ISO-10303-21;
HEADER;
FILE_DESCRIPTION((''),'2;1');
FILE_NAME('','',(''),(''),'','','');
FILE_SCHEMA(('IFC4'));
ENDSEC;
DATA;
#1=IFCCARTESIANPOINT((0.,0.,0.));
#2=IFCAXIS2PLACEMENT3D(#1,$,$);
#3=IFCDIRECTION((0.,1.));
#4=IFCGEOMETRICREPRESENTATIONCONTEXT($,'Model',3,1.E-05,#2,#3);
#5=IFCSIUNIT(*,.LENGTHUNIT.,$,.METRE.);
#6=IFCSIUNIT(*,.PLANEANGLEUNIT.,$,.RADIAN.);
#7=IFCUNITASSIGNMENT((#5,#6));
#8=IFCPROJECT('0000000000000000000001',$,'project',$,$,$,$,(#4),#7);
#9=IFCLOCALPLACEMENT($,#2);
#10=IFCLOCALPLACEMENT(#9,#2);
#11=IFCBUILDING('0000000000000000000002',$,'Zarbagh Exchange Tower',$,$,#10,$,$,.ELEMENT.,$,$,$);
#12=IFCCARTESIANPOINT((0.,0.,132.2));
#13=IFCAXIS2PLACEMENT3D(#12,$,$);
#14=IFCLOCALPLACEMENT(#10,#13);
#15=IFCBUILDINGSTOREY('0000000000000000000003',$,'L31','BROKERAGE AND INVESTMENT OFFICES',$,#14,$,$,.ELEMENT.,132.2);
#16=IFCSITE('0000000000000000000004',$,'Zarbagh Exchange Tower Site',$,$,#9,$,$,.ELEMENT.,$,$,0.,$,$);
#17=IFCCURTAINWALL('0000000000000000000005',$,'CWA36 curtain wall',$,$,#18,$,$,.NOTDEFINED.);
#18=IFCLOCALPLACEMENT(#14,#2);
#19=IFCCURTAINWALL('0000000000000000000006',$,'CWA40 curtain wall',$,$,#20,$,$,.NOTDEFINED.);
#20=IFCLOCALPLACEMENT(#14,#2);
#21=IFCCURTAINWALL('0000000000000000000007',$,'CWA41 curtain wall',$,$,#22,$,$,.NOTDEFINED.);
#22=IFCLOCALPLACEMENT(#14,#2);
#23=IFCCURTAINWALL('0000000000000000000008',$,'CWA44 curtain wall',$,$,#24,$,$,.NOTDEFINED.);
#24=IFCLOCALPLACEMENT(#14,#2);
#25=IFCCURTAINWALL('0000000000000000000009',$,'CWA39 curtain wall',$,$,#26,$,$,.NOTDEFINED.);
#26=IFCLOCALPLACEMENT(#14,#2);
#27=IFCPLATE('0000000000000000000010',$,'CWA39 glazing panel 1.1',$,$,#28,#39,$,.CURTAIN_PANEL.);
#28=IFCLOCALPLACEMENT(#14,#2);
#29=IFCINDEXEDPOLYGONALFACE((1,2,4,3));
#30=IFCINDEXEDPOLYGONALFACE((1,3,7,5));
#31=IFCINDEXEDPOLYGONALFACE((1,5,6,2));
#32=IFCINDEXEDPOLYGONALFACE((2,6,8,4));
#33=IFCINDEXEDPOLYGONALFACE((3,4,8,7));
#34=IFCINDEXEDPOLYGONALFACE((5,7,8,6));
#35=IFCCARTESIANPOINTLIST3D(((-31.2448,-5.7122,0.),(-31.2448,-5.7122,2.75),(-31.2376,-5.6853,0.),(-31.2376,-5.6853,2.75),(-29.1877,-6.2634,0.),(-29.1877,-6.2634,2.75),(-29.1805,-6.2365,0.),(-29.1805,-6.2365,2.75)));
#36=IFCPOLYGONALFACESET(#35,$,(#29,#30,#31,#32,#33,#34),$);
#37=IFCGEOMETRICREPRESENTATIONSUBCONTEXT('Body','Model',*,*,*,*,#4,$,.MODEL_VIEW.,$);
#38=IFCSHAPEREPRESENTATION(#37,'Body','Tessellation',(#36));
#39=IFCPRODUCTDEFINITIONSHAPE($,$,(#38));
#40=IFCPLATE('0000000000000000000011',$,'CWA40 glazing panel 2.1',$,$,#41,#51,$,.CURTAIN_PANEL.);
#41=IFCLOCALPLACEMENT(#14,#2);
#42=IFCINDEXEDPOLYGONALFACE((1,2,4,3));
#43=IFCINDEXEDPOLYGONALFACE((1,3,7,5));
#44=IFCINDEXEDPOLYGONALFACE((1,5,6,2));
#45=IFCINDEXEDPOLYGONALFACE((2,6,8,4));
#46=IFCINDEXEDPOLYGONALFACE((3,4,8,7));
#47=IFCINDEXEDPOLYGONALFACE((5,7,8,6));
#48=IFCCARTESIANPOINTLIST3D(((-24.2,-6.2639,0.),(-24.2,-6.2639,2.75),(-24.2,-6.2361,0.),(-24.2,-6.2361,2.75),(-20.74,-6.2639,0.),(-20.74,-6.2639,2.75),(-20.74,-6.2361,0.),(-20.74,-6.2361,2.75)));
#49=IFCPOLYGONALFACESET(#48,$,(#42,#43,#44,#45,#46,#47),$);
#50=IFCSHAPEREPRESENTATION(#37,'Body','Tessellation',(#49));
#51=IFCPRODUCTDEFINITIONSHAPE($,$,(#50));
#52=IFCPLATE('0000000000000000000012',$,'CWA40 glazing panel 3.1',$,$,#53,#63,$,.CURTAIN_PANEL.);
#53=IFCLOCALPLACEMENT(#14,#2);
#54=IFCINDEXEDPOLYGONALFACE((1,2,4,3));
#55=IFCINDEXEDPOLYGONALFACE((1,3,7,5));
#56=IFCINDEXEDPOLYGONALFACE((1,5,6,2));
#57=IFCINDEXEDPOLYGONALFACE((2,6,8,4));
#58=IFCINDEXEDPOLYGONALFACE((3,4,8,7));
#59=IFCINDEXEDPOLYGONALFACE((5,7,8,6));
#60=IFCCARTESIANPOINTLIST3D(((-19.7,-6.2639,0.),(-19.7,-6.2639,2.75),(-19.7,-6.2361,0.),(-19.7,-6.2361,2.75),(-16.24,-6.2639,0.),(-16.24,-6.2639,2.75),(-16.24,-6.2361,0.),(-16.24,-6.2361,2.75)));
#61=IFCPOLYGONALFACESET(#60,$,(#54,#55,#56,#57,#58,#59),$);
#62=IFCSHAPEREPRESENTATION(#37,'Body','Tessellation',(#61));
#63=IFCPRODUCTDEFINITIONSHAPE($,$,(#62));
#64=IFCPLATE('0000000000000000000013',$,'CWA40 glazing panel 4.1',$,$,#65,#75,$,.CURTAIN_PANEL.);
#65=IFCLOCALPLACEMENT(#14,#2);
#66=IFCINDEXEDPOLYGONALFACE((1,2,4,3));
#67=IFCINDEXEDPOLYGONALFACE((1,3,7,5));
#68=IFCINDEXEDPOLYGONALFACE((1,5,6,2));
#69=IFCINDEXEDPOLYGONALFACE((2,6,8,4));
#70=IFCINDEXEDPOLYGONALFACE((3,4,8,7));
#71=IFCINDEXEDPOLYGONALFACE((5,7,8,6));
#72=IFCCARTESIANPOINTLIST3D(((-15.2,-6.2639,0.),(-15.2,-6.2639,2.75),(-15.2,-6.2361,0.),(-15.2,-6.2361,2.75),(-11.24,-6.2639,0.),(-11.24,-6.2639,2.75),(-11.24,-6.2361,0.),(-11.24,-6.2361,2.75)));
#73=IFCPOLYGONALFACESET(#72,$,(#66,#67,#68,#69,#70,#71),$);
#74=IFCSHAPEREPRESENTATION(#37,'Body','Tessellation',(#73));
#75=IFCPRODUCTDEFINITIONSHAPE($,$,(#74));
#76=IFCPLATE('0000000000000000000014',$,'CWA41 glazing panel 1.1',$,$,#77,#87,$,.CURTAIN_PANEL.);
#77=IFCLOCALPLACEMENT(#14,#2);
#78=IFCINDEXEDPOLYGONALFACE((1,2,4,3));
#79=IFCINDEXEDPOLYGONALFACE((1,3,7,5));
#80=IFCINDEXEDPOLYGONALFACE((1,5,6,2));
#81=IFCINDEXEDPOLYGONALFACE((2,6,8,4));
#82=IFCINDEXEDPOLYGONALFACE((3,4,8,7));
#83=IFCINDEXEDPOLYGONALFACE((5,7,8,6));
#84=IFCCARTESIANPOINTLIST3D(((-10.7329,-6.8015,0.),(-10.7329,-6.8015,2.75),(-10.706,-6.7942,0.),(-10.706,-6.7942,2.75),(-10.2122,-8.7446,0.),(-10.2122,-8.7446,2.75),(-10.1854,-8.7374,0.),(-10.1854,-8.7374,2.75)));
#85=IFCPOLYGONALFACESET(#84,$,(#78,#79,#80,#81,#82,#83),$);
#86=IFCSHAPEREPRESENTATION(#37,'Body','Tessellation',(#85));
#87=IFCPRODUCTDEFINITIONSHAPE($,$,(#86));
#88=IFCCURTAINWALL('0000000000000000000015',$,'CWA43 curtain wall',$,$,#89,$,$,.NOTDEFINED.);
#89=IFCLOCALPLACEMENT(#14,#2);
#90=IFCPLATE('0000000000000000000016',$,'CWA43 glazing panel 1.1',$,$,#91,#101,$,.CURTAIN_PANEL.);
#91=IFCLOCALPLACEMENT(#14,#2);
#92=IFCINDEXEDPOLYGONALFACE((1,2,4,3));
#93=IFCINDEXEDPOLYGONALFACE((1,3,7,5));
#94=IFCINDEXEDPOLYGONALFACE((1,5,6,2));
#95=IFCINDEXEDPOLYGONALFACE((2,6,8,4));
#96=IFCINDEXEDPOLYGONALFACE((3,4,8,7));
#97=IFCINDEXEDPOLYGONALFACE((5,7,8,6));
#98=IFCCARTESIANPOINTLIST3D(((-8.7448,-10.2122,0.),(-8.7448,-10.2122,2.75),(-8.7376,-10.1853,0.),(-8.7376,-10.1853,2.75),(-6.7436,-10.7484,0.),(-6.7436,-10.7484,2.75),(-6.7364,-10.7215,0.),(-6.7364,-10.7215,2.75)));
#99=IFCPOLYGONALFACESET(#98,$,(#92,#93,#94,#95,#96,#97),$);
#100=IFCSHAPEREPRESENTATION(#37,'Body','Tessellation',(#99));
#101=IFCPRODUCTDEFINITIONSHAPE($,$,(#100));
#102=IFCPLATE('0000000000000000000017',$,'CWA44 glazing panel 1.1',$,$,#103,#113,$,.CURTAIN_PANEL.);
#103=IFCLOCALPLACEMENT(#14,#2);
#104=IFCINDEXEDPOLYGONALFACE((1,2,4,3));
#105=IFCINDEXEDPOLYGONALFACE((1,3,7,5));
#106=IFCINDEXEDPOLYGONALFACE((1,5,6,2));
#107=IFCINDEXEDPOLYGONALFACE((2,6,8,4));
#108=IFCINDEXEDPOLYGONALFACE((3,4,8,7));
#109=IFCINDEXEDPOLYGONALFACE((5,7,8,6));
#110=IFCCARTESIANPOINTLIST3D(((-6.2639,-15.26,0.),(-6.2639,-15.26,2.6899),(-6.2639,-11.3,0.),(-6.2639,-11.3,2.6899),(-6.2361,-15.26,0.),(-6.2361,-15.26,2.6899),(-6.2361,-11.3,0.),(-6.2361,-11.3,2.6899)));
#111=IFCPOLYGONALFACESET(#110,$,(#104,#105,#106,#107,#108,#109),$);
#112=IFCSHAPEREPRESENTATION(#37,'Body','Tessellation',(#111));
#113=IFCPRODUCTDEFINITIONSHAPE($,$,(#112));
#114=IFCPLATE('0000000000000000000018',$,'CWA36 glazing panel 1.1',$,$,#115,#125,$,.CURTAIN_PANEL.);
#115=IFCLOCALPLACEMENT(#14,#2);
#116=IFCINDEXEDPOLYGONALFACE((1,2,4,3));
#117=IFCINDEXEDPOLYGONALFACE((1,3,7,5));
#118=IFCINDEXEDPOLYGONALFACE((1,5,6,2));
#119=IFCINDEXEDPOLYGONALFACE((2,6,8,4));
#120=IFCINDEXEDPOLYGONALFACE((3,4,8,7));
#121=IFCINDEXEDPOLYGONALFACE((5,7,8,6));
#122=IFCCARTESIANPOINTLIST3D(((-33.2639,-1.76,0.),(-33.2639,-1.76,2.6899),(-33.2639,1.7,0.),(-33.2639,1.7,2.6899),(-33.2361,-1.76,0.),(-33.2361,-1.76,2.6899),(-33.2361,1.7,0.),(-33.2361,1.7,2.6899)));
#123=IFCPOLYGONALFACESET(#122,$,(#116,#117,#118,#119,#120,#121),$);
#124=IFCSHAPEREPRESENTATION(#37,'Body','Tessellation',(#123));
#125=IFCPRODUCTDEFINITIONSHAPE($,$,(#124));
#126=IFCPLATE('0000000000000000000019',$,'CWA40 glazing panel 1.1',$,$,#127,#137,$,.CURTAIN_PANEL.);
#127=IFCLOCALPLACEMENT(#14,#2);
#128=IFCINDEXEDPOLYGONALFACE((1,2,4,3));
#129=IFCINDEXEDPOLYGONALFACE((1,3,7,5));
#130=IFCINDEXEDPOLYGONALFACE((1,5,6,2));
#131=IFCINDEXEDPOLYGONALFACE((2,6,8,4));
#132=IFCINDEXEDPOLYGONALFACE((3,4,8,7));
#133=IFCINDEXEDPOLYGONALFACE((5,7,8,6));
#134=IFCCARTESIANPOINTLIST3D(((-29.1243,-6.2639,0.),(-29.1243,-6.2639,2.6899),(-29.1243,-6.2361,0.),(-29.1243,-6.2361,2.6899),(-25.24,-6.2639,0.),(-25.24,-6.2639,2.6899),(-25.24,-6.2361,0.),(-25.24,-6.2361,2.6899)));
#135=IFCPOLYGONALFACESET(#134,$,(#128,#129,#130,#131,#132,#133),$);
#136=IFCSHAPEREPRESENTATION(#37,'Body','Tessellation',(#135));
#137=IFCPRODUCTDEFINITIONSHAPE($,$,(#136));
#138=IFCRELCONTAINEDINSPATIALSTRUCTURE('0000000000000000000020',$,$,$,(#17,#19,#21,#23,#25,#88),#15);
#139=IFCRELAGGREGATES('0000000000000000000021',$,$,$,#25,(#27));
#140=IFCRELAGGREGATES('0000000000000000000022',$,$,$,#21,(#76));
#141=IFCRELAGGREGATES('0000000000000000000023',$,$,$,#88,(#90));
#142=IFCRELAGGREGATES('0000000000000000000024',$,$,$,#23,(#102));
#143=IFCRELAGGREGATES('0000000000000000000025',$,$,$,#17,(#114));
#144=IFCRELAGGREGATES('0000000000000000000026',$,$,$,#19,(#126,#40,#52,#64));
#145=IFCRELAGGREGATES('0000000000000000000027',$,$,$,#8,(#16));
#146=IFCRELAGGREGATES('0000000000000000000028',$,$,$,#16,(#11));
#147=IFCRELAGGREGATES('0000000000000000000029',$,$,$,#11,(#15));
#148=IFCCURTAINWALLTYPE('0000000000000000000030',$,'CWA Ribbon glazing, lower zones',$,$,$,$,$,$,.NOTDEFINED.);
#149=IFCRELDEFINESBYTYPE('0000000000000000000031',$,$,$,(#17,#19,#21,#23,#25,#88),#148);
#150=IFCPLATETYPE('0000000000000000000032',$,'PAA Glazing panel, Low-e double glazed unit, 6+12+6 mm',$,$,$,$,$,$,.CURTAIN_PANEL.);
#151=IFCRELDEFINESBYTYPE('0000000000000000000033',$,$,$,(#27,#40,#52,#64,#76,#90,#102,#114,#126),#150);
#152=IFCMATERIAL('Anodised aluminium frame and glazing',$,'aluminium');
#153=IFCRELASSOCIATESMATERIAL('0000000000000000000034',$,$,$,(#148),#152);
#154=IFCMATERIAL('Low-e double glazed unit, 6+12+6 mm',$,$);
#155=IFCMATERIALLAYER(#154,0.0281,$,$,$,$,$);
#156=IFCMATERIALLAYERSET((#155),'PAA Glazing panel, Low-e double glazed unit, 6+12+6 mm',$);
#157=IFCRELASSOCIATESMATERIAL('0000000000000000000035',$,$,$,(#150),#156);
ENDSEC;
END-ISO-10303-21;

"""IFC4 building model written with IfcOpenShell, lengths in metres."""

from ifc_helpers import new_model, si_unit, direction, frame, origin, place, context, subcontext, project, spatial, polyline, outline, extrude, source, transform, mapped, material, layer, layer_set, type_object, element, aggregate, save


model = new_model("IFC4")

# Units and contexts
model_context = context("Model", 3, precision=1e-05, world=origin(), true_north=direction((0.0, 1.0)))
body_context = subcontext(model_context, "Body", "Model", "MODEL_VIEW")
ifc_project = project(units=[si_unit("LENGTHUNIT", "METRE"), si_unit("PLANEANGLEUNIT", "RADIAN")], contexts=[model_context])

# Site, building, storey
site_placement = place(None, origin())
site = spatial("IfcSite", under=ifc_project, at=site_placement, Name="Zarbagh Exchange Tower Site", CompositionType="ELEMENT", RefElevation=0.0)
building_placement = place(site_placement, origin())
building = spatial("IfcBuilding", under=site, at=building_placement, Name="Zarbagh Exchange Tower", CompositionType="ELEMENT")
storey_placement = place(building_placement, frame((0.0, 0.0, 132.2)))
storey = spatial("IfcBuildingStorey", under=building, at=storey_placement, Name="L31", Description="BROKERAGE AND INVESTMENT OFFICES", CompositionType="ELEMENT", Elevation=132.2)

# Curtain wall
ifc_material_1 = material(Name="Anodised aluminium frame and glazing", Category="aluminium")
curtain_wall_type = type_object("IfcCurtainWallType", Name="CWA Ribbon glazing, lower zones", PredefinedType="NOTDEFINED", material=ifc_material_1)
curtain_wall_1_placement = place(storey_placement, origin())
curtain_wall_1 = element("IfcCurtainWall", 1, at=curtain_wall_1_placement, inside=storey, type_object=curtain_wall_type, Name="CWA36 curtain wall", PredefinedType="NOTDEFINED")
placement = place(storey_placement, origin())

# Curtain wall
curtain_wall_2_placement = place(storey_placement, origin())
curtain_wall_2 = element("IfcCurtainWall", 2, at=curtain_wall_2_placement, inside=storey, type_object=curtain_wall_type, Name="CWA40 curtain wall", PredefinedType="NOTDEFINED")

# Curtain wall
curtain_wall_3_placement = place(storey_placement, origin())
curtain_wall_3 = element("IfcCurtainWall", 3, at=curtain_wall_3_placement, inside=storey, type_object=curtain_wall_type, Name="CWA41 curtain wall", PredefinedType="NOTDEFINED")

# Curtain wall
curtain_wall_4_placement = place(storey_placement, origin())
curtain_wall_4 = element("IfcCurtainWall", 4, at=curtain_wall_4_placement, inside=storey, type_object=curtain_wall_type, Name="CWA44 curtain wall", PredefinedType="NOTDEFINED")

# Shared definitions
ifc_material_2 = material(Name="Low-e double glazed unit, 6+12+6 mm")
ifc_layer = layer(ifc_material_2, 0.0281)
ifc_layer_set = layer_set([ifc_layer], Name="PAA Glazing panel, Low-e double glazed unit, 6+12+6 mm")
plate_type = type_object("IfcPlateType", Name="PAA Glazing panel, Low-e double glazed unit, 6+12+6 mm", PredefinedType="CURTAIN_PANEL", material=ifc_layer_set)

# Curtain wall, plate
curtain_wall_5_placement = place(storey_placement, origin())
curtain_wall_5 = element("IfcCurtainWall", 5, at=curtain_wall_5_placement, inside=storey, type_object=curtain_wall_type, Name="CWA39 curtain wall", PredefinedType="NOTDEFINED")
shared_shape_1 = source(origin(), body_context, "Body", "SweptSolid", [
    extrude(outline(polyline([(0.0, -0.0139), (2.1296, -0.0139), (2.1296, 0.0139), (0.0, 0.0139), (0.0, -0.0139)])), origin(), (0.0, 0.0, 1.0), 2.75),
])
plate_1 = element("IfcPlate", 6, at=placement, type_object=plate_type, Name="CWA39 glazing panel 1.1", PredefinedType="CURTAIN_PANEL", context=body_context, shape_type="MappedRepresentation", body=[
    mapped(shared_shape_1, transform((-31.2412, -5.6987, 0.0), x_axis=(0.965924, -0.258825, 0.0), y_axis=(0.258825, 0.965924, 0.0), z_axis=(0.0, 0.0, 1.0))),
])
aggregate(curtain_wall_5, [plate_1])

# Plates
shared_shape_2 = source(origin(), body_context, "Body", "SweptSolid", [
    extrude(outline(polyline([(0.0, -0.0139), (3.46, -0.0139), (3.46, 0.0139), (0.0, 0.0139), (0.0, -0.0139)])), origin(), (0.0, 0.0, 1.0), 2.75),
])
plate_2 = element("IfcPlate", 7, at=placement, type_object=plate_type, Name="CWA40 glazing panel 2.1", PredefinedType="CURTAIN_PANEL", context=body_context, shape_type="MappedRepresentation", body=[
    mapped(shared_shape_2, transform((-24.2, -6.25, 0.0), x_axis=(1.0, 0.0, 0.0), y_axis=(0.0, 1.0, 0.0), z_axis=(0.0, 0.0, 1.0))),
])
plate_3 = element("IfcPlate", 8, at=placement, type_object=plate_type, Name="CWA40 glazing panel 3.1", PredefinedType="CURTAIN_PANEL", context=body_context, shape_type="MappedRepresentation", body=[
    mapped(shared_shape_2, transform((-19.7, -6.25, 0.0), x_axis=(1.0, 0.0, 0.0), y_axis=(0.0, 1.0, 0.0), z_axis=(0.0, 0.0, 1.0))),
])
shared_shape_3 = source(origin(), body_context, "Body", "SweptSolid", [
    extrude(outline(polyline([(0.0, -0.0139), (3.96, -0.0139), (3.96, 0.0139), (0.0, 0.0139), (0.0, -0.0139)])), origin(), (0.0, 0.0, 1.0), 2.75),
])
plate_4 = element("IfcPlate", 9, at=placement, type_object=plate_type, Name="CWA40 glazing panel 4.1", PredefinedType="CURTAIN_PANEL", context=body_context, shape_type="MappedRepresentation", body=[
    mapped(shared_shape_3, transform((-15.2, -6.25, 0.0), x_axis=(1.0, 0.0, 0.0), y_axis=(0.0, 1.0, 0.0), z_axis=(0.0, 0.0, 1.0))),
])
shared_shape_4 = source(origin(), body_context, "Body", "SweptSolid", [
    extrude(outline(polyline([(0.0, -0.0139), (2.0117, -0.0139), (2.0117, 0.0139), (0.0, 0.0139), (0.0, -0.0139)])), origin(), (0.0, 0.0, 1.0), 2.75),
])
plate_5 = element("IfcPlate", 10, at=placement, type_object=plate_type, Name="CWA41 glazing panel 1.1", PredefinedType="CURTAIN_PANEL", context=body_context, shape_type="MappedRepresentation", body=[
    mapped(shared_shape_4, transform((-10.7195, -6.7979, 0.0), x_axis=(0.258825, -0.965924, 0.0), y_axis=(0.965924, 0.258825, 0.0), z_axis=(0.0, 0.0, 1.0))),
])
aggregate(curtain_wall_3, [plate_5])

# Curtain wall, plate
curtain_wall_6_placement = place(storey_placement, origin())
curtain_wall_6 = element("IfcCurtainWall", 11, at=curtain_wall_6_placement, inside=storey, type_object=curtain_wall_type, Name="CWA43 curtain wall", PredefinedType="NOTDEFINED")
shared_shape_5 = source(origin(), body_context, "Body", "SweptSolid", [
    extrude(outline(polyline([(0.0, -0.0139), (2.0718, -0.0139), (2.0718, 0.0139), (0.0, 0.0139), (0.0, -0.0139)])), origin(), (0.0, 0.0, 1.0), 2.75),
])
plate_6 = element("IfcPlate", 12, at=placement, type_object=plate_type, Name="CWA43 glazing panel 1.1", PredefinedType="CURTAIN_PANEL", context=body_context, shape_type="MappedRepresentation", body=[
    mapped(shared_shape_5, transform((-8.7412, -10.1987, 0.0), x_axis=(0.965924, -0.258825, 0.0), y_axis=(0.258825, 0.965924, 0.0), z_axis=(0.0, 0.0, 1.0))),
])
aggregate(curtain_wall_6, [plate_6])

# Plates
shared_shape_6 = source(origin(), body_context, "Body", "SweptSolid", [
    extrude(outline(polyline([(0.0, -0.0139), (3.96, -0.0139), (3.96, 0.0139), (0.0, 0.0139), (0.0, -0.0139)])), origin(), (0.0, 0.0, 1.0), 2.6899),
])
plate_7 = element("IfcPlate", 13, at=placement, type_object=plate_type, Name="CWA44 glazing panel 1.1", PredefinedType="CURTAIN_PANEL", context=body_context, shape_type="MappedRepresentation", body=[
    mapped(shared_shape_6, transform((-6.25, -11.3, 0.0), x_axis=(0.0, -1.0, 0.0), y_axis=(1.0, 0.0, 0.0), z_axis=(0.0, 0.0, 1.0))),
])
aggregate(curtain_wall_4, [plate_7])
shared_shape_7 = source(origin(), body_context, "Body", "SweptSolid", [
    extrude(outline(polyline([(0.0, -0.0139), (3.46, -0.0139), (3.46, 0.0139), (0.0, 0.0139), (0.0, -0.0139)])), origin(), (0.0, 0.0, 1.0), 2.6899),
])
plate_8 = element("IfcPlate", 14, at=placement, type_object=plate_type, Name="CWA36 glazing panel 1.1", PredefinedType="CURTAIN_PANEL", context=body_context, shape_type="MappedRepresentation", body=[
    mapped(shared_shape_7, transform((-33.25, 1.7, 0.0), x_axis=(0.0, -1.0, 0.0), y_axis=(1.0, 0.0, 0.0), z_axis=(0.0, 0.0, 1.0))),
])
aggregate(curtain_wall_1, [plate_8])
shared_shape_8 = source(origin(), body_context, "Body", "SweptSolid", [
    extrude(outline(polyline([(0.0, -0.0139), (3.8843, -0.0139), (3.8843, 0.0139), (0.0, 0.0139), (0.0, -0.0139)])), origin(), (0.0, 0.0, 1.0), 2.6899),
])
plate_9 = element("IfcPlate", 15, at=placement, type_object=plate_type, Name="CWA40 glazing panel 1.1", PredefinedType="CURTAIN_PANEL", context=body_context, shape_type="MappedRepresentation", body=[
    mapped(shared_shape_8, transform((-29.1243, -6.25, 0.0), x_axis=(1.0, 0.0, 0.0), y_axis=(0.0, 1.0, 0.0), z_axis=(0.0, 0.0, 1.0))),
])
aggregate(curtain_wall_2, [plate_9, plate_2, plate_3, plate_4])

save(model, "model.ifc")
